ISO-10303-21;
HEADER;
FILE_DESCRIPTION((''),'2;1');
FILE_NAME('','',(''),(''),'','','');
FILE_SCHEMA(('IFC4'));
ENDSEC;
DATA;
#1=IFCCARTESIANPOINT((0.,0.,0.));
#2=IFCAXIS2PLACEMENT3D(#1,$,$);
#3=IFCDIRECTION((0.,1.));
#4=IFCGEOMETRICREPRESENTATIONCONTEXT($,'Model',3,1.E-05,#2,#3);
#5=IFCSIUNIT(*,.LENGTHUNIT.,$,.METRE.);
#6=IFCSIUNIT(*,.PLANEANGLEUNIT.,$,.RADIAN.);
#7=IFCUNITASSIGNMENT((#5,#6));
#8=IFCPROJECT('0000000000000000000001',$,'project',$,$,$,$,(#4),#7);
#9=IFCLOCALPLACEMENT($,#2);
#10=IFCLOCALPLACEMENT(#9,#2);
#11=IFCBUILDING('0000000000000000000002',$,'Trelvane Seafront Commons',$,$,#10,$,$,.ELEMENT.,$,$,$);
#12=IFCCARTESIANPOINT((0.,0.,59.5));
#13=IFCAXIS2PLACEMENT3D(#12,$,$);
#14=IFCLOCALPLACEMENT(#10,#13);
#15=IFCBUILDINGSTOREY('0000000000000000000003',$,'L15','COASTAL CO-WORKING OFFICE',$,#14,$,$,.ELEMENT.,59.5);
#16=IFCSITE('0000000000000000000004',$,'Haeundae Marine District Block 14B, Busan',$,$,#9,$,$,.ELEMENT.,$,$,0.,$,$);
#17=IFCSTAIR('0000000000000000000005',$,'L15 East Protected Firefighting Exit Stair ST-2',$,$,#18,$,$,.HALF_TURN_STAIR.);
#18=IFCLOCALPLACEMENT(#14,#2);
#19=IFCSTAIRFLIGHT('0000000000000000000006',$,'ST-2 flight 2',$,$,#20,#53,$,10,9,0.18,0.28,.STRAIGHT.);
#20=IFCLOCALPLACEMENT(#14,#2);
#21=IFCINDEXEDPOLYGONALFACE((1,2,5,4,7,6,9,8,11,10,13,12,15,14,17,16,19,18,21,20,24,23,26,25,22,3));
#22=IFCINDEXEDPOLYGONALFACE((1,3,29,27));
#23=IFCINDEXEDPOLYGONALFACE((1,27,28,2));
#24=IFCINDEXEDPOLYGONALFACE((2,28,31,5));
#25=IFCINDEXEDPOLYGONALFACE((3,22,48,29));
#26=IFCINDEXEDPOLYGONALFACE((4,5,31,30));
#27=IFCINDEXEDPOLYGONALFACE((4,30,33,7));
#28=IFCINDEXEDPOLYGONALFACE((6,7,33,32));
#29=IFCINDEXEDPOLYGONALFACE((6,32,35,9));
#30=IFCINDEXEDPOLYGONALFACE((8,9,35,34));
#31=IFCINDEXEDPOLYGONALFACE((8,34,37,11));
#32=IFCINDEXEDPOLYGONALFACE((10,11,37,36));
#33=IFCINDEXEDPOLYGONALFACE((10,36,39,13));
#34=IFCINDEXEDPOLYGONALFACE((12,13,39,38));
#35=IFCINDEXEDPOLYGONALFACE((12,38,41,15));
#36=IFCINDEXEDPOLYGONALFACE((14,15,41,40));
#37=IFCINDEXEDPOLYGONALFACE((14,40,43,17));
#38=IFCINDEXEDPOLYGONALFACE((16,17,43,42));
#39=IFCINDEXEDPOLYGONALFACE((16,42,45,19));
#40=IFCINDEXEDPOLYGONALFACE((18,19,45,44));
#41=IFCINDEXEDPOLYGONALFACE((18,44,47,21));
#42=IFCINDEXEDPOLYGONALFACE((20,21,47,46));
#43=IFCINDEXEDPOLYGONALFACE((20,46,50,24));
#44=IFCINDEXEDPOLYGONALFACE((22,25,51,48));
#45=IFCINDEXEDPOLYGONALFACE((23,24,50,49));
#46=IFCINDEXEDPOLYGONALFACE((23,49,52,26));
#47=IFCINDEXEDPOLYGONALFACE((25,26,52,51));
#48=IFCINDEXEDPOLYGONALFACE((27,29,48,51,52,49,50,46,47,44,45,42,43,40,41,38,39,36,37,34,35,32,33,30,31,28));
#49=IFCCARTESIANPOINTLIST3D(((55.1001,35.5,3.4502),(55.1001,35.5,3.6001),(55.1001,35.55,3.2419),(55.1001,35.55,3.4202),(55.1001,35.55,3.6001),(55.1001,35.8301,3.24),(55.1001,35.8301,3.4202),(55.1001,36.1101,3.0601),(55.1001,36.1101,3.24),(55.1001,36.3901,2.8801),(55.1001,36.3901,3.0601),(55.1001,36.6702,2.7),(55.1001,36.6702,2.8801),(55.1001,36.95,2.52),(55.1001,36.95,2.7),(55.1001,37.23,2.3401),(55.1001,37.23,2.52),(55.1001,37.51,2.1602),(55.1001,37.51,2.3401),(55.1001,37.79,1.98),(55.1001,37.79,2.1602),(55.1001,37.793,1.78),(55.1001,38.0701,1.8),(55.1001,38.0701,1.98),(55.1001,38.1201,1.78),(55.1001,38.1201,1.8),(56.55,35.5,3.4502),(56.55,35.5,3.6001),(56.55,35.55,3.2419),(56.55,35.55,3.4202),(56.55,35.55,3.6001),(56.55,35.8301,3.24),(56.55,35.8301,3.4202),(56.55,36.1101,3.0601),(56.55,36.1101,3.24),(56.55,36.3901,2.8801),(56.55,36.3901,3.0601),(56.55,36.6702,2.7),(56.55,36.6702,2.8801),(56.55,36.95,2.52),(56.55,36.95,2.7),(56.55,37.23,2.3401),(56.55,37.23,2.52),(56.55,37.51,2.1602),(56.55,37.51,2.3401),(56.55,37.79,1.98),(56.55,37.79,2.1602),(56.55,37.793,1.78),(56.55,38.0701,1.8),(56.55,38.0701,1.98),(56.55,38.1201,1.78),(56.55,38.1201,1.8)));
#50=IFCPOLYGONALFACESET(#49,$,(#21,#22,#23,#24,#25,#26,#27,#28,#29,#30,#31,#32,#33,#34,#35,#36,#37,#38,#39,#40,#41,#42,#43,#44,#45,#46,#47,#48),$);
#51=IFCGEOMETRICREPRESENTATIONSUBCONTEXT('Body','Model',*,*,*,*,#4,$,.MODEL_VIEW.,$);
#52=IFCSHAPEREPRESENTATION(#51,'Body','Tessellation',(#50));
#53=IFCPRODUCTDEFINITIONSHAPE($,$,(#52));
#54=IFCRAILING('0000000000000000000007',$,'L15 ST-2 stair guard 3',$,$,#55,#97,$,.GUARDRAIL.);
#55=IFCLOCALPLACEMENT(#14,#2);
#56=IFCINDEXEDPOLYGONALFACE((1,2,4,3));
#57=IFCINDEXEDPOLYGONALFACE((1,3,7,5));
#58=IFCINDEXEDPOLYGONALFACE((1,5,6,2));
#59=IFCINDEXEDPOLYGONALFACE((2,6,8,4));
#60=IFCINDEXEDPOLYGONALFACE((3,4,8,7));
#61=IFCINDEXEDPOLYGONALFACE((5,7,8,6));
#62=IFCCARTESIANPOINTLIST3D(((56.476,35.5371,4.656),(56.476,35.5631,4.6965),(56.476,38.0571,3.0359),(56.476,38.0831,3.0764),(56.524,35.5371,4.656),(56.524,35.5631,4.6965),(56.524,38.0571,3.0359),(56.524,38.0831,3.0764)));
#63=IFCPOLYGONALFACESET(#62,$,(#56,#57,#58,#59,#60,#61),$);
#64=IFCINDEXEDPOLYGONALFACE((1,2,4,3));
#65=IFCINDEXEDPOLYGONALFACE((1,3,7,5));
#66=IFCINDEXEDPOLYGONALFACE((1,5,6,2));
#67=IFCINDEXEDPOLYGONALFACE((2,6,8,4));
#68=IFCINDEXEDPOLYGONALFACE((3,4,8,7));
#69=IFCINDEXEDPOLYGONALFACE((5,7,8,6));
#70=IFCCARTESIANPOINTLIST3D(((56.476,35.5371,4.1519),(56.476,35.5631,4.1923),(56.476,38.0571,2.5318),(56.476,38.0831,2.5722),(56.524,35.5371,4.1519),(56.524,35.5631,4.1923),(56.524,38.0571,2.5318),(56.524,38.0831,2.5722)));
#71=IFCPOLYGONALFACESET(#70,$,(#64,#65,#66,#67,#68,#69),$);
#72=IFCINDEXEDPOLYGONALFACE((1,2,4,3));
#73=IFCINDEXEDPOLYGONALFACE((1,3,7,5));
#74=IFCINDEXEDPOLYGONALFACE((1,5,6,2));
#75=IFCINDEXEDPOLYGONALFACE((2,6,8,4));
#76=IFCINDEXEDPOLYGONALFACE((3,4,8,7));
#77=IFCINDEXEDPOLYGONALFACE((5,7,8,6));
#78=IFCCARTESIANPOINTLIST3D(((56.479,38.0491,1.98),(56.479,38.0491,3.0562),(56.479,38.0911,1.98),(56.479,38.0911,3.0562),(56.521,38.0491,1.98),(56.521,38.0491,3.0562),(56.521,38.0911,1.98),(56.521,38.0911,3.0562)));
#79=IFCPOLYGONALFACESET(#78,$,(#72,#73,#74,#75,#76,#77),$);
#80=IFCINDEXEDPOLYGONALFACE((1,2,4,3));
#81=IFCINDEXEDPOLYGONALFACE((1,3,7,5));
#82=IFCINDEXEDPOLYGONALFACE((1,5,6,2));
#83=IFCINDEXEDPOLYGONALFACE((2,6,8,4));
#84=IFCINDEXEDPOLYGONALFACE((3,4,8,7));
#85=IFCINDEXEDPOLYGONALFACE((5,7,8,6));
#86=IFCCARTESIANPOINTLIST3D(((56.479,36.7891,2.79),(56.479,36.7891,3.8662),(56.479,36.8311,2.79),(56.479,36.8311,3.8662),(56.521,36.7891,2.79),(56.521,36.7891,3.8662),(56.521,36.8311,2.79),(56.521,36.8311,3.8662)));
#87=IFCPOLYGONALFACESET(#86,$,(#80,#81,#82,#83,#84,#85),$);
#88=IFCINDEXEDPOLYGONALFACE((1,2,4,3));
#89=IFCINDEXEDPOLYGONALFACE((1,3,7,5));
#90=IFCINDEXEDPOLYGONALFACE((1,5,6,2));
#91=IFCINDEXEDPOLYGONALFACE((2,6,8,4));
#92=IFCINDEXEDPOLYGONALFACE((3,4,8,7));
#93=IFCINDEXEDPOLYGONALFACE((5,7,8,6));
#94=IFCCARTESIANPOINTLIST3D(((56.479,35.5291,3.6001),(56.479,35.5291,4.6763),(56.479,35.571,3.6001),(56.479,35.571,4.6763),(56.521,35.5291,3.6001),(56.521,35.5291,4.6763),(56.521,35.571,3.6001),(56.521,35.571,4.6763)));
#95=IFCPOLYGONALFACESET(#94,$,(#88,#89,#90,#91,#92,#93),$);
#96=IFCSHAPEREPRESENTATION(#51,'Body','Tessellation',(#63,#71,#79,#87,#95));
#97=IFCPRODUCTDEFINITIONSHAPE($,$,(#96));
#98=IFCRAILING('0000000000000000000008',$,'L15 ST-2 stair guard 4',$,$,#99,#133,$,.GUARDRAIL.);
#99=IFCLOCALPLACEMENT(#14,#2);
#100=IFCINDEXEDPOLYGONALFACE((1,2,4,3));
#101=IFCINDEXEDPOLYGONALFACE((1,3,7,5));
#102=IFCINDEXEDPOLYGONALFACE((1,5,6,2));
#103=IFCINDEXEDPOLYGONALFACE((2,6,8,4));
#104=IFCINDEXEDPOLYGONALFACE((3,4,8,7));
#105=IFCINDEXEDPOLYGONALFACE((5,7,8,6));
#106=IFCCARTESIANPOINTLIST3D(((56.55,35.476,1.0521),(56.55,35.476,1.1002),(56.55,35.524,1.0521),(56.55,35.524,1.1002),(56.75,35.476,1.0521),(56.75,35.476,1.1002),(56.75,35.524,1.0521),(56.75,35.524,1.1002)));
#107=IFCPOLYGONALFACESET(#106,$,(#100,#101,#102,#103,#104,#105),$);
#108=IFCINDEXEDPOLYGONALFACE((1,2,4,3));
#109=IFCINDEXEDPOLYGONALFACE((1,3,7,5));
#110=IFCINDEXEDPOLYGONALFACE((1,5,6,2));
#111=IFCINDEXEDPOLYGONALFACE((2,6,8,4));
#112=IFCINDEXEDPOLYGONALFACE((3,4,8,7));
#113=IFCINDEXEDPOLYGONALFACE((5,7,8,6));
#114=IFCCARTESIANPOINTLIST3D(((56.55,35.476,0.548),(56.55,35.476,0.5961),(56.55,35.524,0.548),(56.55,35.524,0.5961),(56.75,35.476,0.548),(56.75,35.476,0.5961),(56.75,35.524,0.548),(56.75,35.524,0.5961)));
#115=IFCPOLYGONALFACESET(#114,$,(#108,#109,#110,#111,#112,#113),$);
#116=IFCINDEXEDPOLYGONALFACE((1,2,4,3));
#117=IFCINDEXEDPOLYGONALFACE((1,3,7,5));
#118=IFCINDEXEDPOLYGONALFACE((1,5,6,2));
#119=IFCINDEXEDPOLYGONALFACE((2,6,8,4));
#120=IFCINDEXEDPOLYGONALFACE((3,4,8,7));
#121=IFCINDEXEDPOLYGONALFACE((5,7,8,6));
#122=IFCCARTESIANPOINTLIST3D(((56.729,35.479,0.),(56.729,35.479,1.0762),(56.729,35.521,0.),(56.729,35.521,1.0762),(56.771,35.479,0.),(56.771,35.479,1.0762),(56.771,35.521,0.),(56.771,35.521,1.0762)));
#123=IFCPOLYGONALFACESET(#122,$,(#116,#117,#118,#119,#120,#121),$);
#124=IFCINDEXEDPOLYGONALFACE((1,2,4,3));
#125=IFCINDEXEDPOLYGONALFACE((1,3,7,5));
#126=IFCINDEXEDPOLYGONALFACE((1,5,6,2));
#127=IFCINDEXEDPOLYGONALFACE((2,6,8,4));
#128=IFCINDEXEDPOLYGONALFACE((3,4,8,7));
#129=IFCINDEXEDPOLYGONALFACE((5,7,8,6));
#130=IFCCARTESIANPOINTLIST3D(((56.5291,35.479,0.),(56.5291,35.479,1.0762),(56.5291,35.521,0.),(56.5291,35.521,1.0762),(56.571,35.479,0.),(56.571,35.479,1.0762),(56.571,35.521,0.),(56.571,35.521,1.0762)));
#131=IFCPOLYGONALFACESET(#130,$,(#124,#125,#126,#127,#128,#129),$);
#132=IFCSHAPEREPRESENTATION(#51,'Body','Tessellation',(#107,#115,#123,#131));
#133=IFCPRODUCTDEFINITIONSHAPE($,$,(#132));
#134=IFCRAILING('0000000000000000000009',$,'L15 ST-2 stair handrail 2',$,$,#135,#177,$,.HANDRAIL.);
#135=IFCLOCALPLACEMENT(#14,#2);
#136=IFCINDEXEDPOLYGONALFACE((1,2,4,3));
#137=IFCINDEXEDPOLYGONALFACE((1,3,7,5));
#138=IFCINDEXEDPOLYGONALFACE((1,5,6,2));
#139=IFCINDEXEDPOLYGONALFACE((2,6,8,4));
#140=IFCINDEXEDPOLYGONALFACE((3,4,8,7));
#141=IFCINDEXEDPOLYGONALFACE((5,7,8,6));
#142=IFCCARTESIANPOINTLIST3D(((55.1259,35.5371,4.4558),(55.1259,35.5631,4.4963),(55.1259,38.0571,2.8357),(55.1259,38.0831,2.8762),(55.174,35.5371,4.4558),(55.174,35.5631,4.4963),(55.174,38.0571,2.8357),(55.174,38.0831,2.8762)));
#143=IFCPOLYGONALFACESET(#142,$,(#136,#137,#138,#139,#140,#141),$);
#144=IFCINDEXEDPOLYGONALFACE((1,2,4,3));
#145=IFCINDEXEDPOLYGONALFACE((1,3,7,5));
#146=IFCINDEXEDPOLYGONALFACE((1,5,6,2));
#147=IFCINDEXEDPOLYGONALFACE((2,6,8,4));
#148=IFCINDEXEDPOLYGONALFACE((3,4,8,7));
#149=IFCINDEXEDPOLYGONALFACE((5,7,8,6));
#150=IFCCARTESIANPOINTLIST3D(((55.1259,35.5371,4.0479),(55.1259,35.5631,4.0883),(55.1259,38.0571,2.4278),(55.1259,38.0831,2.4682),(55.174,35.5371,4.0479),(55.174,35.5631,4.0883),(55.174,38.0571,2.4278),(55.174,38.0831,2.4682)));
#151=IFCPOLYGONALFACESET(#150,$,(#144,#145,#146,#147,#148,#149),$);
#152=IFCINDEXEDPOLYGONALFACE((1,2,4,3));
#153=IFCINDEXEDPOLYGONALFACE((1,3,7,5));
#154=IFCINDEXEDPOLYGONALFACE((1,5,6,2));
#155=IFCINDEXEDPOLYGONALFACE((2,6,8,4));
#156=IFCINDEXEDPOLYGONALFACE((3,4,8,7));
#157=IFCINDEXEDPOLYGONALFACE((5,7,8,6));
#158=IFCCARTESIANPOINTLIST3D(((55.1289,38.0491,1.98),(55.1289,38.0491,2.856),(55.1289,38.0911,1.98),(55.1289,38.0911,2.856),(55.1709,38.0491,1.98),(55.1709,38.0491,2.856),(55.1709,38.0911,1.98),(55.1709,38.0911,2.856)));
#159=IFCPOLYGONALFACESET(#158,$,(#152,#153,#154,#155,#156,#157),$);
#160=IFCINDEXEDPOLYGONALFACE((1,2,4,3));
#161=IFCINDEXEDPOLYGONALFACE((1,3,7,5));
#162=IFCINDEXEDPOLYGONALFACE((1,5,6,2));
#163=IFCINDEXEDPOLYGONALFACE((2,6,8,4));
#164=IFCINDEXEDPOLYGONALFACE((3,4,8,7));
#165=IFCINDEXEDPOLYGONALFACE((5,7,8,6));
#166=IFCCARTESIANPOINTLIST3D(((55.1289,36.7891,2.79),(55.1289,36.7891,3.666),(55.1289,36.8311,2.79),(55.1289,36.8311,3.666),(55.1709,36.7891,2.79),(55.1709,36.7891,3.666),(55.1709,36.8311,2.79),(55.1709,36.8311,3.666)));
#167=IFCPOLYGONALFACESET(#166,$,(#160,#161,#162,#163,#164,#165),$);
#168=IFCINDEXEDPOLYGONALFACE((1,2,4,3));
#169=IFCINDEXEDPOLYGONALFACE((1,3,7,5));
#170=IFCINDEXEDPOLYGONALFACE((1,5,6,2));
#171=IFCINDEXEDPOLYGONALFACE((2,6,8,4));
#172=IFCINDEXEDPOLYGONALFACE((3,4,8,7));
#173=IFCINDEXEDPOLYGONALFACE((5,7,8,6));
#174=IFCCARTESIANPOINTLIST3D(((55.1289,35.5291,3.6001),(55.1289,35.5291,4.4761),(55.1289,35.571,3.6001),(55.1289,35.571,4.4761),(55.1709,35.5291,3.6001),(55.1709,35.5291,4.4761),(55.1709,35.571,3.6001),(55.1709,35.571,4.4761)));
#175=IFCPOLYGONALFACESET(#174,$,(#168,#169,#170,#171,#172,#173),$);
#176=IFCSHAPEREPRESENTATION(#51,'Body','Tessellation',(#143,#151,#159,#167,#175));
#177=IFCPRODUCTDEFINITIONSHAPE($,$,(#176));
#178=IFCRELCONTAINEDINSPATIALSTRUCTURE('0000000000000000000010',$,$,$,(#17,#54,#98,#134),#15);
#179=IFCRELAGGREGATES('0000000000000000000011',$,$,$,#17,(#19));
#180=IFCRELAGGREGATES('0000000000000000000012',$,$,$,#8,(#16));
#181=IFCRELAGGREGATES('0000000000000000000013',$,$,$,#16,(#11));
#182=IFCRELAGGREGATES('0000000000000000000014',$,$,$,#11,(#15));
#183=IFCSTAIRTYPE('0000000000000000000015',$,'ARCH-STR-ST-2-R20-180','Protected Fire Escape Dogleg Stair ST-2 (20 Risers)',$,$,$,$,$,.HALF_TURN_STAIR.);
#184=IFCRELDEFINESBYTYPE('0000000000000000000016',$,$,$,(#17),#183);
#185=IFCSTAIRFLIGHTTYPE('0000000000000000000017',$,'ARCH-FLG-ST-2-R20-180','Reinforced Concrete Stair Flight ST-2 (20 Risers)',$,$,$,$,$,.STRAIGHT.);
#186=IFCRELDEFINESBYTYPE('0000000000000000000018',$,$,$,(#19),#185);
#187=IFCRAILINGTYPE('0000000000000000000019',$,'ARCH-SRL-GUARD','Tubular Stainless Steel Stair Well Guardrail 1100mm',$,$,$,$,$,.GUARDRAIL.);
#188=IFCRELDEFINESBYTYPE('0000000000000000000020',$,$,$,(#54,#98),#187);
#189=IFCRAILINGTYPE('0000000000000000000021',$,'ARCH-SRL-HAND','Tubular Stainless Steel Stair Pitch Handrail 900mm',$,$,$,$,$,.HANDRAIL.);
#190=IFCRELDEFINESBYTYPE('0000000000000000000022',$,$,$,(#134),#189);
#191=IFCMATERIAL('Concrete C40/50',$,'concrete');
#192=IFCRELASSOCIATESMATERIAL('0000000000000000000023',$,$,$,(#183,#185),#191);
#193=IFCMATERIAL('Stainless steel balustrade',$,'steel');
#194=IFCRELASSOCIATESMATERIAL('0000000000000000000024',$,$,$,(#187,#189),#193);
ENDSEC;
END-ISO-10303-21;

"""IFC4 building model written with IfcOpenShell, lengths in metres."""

from ifc_helpers import new_model, si_unit, direction, frame, origin, origin_2d, place, context, subcontext, project, spatial, polyline, rectangle, outline, extrude, source, transform, mapped, material, type_object, element, aggregate, save


model = new_model("IFC4")

# Units and contexts
model_context = context("Model", 3, precision=1e-05, world=origin(), true_north=direction((0.0, 1.0)))
body_context = subcontext(model_context, "Body", "Model", "MODEL_VIEW")
ifc_project = project(units=[si_unit("LENGTHUNIT", "METRE"), si_unit("PLANEANGLEUNIT", "RADIAN")], contexts=[model_context])

# Site, building, storey
site_placement = place(None, origin())
site = spatial("IfcSite", under=ifc_project, at=site_placement, Name="Haeundae Marine District Block 14B, Busan", CompositionType="ELEMENT", RefElevation=0.0)
building_placement = place(site_placement, origin())
building = spatial("IfcBuilding", under=site, at=building_placement, Name="Trelvane Seafront Commons", CompositionType="ELEMENT")
storey_placement = place(building_placement, frame((0.0, 0.0, 59.5)))
storey = spatial("IfcBuildingStorey", under=building, at=storey_placement, Name="L15", Description="COASTAL CO-WORKING OFFICE", CompositionType="ELEMENT", Elevation=59.5)

# Shared definitions
ifc_material_1 = material(Name="Concrete C40/50", Category="concrete")

# Stair, stair flight
stair_type = type_object("IfcStairType", Name="ARCH-STR-ST-2-R20-180", Description="Protected Fire Escape Dogleg Stair ST-2 (20 Risers)", PredefinedType="HALF_TURN_STAIR", material=ifc_material_1)
stair_placement = place(storey_placement, origin())
stair = element("IfcStair", 1, at=stair_placement, inside=storey, type_object=stair_type, Name="L15 East Protected Firefighting Exit Stair ST-2", PredefinedType="HALF_TURN_STAIR")
stair_flight_type = type_object("IfcStairFlightType", Name="ARCH-FLG-ST-2-R20-180", Description="Reinforced Concrete Stair Flight ST-2 (20 Risers)", PredefinedType="STRAIGHT", material=ifc_material_1)
shared_shape_1 = source(origin(), body_context, "Body", "SweptSolid", [
    extrude(outline(polyline([(-0.05, -0.02), (-0.05, 0.0), (0.0, 0.0), (0.0, 0.1799), (0.28, 0.1799), (0.28, 0.3601), (0.5601, 0.3601), (0.5601, 0.54), (0.8401, 0.54), (0.8401, 0.72), (1.1201, 0.72), (1.1201, 0.8999), (1.3999, 0.8999), (1.3999, 1.0801), (1.6799, 1.0801), (1.6799, 1.26), (1.96, 1.26), (1.96, 1.4399), (2.24, 1.4399), (2.24, 1.6201), (2.52, 1.6201), (2.52, 1.8), (2.5701, 1.8), (2.5701, 1.6501), (2.52, 1.4419), (0.2771, -0.02), (-0.05, -0.02)])), frame((0.0, 0.7251, 0.0), z_axis=(0.0, -1.0, 0.0), x_axis=(1.0, 0.0, 0.0)), (0.0, 0.0, 1.0), 1.45),
])
stair_flight_placement = place(storey_placement, frame((55.825, 38.0701, 1.8), z_axis=(0.0, 0.0, 1.0), x_axis=(0.0, -1.0, 0.0)))
stair_flight = element("IfcStairFlight", 2, at=stair_flight_placement, type_object=stair_flight_type, Name="ST-2 flight 2", NumberOfRisers=10, NumberOfTreads=9, PredefinedType="STRAIGHT", RiserHeight=0.18, TreadLength=0.28, context=body_context, shape_type="MappedRepresentation", body=[
    mapped(shared_shape_1, transform((0.0, 0.0, 0.0), x_axis=(1.0, 0.0, 0.0), y_axis=(0.0, 1.0, 0.0), z_axis=(0.0, 0.0, 1.0), scale=1.0)),
])
aggregate(stair, [stair_flight])

# Railings
ifc_material_2 = material(Name="Stainless steel balustrade", Category="steel")
railing_type_1 = type_object("IfcRailingType", Name="ARCH-SRL-GUARD", Description="Tubular Stainless Steel Stair Well Guardrail 1100mm", PredefinedType="GUARDRAIL", material=ifc_material_2)
railing_1_placement = place(storey_placement, frame((56.5, 38.0701, 1.98)))
element("IfcRailing", 3, at=railing_1_placement, inside=storey, type_object=railing_type_1, Name="L15 ST-2 stair guard 3", PredefinedType="GUARDRAIL", context=body_context, shape_type="SweptSolid", body=[
    extrude(rectangle(XDim=0.0481, YDim=0.0481, at=origin_2d()), frame((0.0, 0.0, 1.0762), z_axis=(0.0, -0.841163, 0.540782), x_axis=(1.0, 0.0, 0.0)), (0.0, 0.0, 1.0), 2.9958),
    extrude(rectangle(XDim=0.0481, YDim=0.0481, at=origin_2d()), frame((0.0, 0.0, 0.572), z_axis=(0.0, -0.841163, 0.540782), x_axis=(1.0, 0.0, 0.0)), (0.0, 0.0, 1.0), 2.9958),
    extrude(rectangle(XDim=0.042, YDim=0.042, at=origin_2d()), origin(), (0.0, 0.0, 1.0), 1.0762),
    extrude(rectangle(XDim=0.042, YDim=0.042, at=origin_2d()), frame((0.0, -1.26, 0.8101)), (0.0, 0.0, 1.0), 1.0762),
    extrude(rectangle(XDim=0.042, YDim=0.042, at=origin_2d()), frame((0.0, -2.52, 1.6201)), (0.0, 0.0, 1.0), 1.0762),
])
railing_2_placement = place(storey_placement, frame((56.75, 35.5, 0.0)))
element("IfcRailing", 4, at=railing_2_placement, inside=storey, type_object=railing_type_1, Name="L15 ST-2 stair guard 4", PredefinedType="GUARDRAIL", context=body_context, shape_type="SweptSolid", body=[
    extrude(rectangle(XDim=0.0481, YDim=0.0481, at=origin_2d()), frame((0.0, 0.0, 1.0762), z_axis=(-1.0, 0.0, 0.0), x_axis=(0.0, -1.0, 0.0)), (0.0, 0.0, 1.0), 0.2),
    extrude(rectangle(XDim=0.0481, YDim=0.0481, at=origin_2d()), frame((0.0, 0.0, 0.572), z_axis=(-1.0, 0.0, 0.0), x_axis=(0.0, -1.0, 0.0)), (0.0, 0.0, 1.0), 0.2),
    extrude(rectangle(XDim=0.042, YDim=0.042, at=origin_2d()), origin(), (0.0, 0.0, 1.0), 1.0762),
    extrude(rectangle(XDim=0.042, YDim=0.042, at=origin_2d()), frame((-0.2, 0.0, 0.0)), (0.0, 0.0, 1.0), 1.0762),
])
railing_type_2 = type_object("IfcRailingType", Name="ARCH-SRL-HAND", Description="Tubular Stainless Steel Stair Pitch Handrail 900mm", PredefinedType="HANDRAIL", material=ifc_material_2)
railing_3_placement = place(storey_placement, frame((55.1499, 38.0701, 1.98)))
element("IfcRailing", 5, at=railing_3_placement, inside=storey, type_object=railing_type_2, Name="L15 ST-2 stair handrail 2", PredefinedType="HANDRAIL", context=body_context, shape_type="SweptSolid", body=[
    extrude(rectangle(XDim=0.0481, YDim=0.0481, at=origin_2d()), frame((0.0, 0.0, 0.876), z_axis=(0.0, -0.841163, 0.540782), x_axis=(1.0, 0.0, 0.0)), (0.0, 0.0, 1.0), 2.9958),
    extrude(rectangle(XDim=0.0481, YDim=0.0481, at=origin_2d()), frame((0.0, 0.0, 0.468), z_axis=(0.0, -0.841163, 0.540782), x_axis=(1.0, 0.0, 0.0)), (0.0, 0.0, 1.0), 2.9958),
    extrude(rectangle(XDim=0.042, YDim=0.042, at=origin_2d()), origin(), (0.0, 0.0, 1.0), 0.876),
    extrude(rectangle(XDim=0.042, YDim=0.042, at=origin_2d()), frame((0.0, -1.26, 0.8101)), (0.0, 0.0, 1.0), 0.876),
    extrude(rectangle(XDim=0.042, YDim=0.042, at=origin_2d()), frame((0.0, -2.52, 1.6201)), (0.0, 0.0, 1.0), 0.876),
])

save(model, "model.ifc")
